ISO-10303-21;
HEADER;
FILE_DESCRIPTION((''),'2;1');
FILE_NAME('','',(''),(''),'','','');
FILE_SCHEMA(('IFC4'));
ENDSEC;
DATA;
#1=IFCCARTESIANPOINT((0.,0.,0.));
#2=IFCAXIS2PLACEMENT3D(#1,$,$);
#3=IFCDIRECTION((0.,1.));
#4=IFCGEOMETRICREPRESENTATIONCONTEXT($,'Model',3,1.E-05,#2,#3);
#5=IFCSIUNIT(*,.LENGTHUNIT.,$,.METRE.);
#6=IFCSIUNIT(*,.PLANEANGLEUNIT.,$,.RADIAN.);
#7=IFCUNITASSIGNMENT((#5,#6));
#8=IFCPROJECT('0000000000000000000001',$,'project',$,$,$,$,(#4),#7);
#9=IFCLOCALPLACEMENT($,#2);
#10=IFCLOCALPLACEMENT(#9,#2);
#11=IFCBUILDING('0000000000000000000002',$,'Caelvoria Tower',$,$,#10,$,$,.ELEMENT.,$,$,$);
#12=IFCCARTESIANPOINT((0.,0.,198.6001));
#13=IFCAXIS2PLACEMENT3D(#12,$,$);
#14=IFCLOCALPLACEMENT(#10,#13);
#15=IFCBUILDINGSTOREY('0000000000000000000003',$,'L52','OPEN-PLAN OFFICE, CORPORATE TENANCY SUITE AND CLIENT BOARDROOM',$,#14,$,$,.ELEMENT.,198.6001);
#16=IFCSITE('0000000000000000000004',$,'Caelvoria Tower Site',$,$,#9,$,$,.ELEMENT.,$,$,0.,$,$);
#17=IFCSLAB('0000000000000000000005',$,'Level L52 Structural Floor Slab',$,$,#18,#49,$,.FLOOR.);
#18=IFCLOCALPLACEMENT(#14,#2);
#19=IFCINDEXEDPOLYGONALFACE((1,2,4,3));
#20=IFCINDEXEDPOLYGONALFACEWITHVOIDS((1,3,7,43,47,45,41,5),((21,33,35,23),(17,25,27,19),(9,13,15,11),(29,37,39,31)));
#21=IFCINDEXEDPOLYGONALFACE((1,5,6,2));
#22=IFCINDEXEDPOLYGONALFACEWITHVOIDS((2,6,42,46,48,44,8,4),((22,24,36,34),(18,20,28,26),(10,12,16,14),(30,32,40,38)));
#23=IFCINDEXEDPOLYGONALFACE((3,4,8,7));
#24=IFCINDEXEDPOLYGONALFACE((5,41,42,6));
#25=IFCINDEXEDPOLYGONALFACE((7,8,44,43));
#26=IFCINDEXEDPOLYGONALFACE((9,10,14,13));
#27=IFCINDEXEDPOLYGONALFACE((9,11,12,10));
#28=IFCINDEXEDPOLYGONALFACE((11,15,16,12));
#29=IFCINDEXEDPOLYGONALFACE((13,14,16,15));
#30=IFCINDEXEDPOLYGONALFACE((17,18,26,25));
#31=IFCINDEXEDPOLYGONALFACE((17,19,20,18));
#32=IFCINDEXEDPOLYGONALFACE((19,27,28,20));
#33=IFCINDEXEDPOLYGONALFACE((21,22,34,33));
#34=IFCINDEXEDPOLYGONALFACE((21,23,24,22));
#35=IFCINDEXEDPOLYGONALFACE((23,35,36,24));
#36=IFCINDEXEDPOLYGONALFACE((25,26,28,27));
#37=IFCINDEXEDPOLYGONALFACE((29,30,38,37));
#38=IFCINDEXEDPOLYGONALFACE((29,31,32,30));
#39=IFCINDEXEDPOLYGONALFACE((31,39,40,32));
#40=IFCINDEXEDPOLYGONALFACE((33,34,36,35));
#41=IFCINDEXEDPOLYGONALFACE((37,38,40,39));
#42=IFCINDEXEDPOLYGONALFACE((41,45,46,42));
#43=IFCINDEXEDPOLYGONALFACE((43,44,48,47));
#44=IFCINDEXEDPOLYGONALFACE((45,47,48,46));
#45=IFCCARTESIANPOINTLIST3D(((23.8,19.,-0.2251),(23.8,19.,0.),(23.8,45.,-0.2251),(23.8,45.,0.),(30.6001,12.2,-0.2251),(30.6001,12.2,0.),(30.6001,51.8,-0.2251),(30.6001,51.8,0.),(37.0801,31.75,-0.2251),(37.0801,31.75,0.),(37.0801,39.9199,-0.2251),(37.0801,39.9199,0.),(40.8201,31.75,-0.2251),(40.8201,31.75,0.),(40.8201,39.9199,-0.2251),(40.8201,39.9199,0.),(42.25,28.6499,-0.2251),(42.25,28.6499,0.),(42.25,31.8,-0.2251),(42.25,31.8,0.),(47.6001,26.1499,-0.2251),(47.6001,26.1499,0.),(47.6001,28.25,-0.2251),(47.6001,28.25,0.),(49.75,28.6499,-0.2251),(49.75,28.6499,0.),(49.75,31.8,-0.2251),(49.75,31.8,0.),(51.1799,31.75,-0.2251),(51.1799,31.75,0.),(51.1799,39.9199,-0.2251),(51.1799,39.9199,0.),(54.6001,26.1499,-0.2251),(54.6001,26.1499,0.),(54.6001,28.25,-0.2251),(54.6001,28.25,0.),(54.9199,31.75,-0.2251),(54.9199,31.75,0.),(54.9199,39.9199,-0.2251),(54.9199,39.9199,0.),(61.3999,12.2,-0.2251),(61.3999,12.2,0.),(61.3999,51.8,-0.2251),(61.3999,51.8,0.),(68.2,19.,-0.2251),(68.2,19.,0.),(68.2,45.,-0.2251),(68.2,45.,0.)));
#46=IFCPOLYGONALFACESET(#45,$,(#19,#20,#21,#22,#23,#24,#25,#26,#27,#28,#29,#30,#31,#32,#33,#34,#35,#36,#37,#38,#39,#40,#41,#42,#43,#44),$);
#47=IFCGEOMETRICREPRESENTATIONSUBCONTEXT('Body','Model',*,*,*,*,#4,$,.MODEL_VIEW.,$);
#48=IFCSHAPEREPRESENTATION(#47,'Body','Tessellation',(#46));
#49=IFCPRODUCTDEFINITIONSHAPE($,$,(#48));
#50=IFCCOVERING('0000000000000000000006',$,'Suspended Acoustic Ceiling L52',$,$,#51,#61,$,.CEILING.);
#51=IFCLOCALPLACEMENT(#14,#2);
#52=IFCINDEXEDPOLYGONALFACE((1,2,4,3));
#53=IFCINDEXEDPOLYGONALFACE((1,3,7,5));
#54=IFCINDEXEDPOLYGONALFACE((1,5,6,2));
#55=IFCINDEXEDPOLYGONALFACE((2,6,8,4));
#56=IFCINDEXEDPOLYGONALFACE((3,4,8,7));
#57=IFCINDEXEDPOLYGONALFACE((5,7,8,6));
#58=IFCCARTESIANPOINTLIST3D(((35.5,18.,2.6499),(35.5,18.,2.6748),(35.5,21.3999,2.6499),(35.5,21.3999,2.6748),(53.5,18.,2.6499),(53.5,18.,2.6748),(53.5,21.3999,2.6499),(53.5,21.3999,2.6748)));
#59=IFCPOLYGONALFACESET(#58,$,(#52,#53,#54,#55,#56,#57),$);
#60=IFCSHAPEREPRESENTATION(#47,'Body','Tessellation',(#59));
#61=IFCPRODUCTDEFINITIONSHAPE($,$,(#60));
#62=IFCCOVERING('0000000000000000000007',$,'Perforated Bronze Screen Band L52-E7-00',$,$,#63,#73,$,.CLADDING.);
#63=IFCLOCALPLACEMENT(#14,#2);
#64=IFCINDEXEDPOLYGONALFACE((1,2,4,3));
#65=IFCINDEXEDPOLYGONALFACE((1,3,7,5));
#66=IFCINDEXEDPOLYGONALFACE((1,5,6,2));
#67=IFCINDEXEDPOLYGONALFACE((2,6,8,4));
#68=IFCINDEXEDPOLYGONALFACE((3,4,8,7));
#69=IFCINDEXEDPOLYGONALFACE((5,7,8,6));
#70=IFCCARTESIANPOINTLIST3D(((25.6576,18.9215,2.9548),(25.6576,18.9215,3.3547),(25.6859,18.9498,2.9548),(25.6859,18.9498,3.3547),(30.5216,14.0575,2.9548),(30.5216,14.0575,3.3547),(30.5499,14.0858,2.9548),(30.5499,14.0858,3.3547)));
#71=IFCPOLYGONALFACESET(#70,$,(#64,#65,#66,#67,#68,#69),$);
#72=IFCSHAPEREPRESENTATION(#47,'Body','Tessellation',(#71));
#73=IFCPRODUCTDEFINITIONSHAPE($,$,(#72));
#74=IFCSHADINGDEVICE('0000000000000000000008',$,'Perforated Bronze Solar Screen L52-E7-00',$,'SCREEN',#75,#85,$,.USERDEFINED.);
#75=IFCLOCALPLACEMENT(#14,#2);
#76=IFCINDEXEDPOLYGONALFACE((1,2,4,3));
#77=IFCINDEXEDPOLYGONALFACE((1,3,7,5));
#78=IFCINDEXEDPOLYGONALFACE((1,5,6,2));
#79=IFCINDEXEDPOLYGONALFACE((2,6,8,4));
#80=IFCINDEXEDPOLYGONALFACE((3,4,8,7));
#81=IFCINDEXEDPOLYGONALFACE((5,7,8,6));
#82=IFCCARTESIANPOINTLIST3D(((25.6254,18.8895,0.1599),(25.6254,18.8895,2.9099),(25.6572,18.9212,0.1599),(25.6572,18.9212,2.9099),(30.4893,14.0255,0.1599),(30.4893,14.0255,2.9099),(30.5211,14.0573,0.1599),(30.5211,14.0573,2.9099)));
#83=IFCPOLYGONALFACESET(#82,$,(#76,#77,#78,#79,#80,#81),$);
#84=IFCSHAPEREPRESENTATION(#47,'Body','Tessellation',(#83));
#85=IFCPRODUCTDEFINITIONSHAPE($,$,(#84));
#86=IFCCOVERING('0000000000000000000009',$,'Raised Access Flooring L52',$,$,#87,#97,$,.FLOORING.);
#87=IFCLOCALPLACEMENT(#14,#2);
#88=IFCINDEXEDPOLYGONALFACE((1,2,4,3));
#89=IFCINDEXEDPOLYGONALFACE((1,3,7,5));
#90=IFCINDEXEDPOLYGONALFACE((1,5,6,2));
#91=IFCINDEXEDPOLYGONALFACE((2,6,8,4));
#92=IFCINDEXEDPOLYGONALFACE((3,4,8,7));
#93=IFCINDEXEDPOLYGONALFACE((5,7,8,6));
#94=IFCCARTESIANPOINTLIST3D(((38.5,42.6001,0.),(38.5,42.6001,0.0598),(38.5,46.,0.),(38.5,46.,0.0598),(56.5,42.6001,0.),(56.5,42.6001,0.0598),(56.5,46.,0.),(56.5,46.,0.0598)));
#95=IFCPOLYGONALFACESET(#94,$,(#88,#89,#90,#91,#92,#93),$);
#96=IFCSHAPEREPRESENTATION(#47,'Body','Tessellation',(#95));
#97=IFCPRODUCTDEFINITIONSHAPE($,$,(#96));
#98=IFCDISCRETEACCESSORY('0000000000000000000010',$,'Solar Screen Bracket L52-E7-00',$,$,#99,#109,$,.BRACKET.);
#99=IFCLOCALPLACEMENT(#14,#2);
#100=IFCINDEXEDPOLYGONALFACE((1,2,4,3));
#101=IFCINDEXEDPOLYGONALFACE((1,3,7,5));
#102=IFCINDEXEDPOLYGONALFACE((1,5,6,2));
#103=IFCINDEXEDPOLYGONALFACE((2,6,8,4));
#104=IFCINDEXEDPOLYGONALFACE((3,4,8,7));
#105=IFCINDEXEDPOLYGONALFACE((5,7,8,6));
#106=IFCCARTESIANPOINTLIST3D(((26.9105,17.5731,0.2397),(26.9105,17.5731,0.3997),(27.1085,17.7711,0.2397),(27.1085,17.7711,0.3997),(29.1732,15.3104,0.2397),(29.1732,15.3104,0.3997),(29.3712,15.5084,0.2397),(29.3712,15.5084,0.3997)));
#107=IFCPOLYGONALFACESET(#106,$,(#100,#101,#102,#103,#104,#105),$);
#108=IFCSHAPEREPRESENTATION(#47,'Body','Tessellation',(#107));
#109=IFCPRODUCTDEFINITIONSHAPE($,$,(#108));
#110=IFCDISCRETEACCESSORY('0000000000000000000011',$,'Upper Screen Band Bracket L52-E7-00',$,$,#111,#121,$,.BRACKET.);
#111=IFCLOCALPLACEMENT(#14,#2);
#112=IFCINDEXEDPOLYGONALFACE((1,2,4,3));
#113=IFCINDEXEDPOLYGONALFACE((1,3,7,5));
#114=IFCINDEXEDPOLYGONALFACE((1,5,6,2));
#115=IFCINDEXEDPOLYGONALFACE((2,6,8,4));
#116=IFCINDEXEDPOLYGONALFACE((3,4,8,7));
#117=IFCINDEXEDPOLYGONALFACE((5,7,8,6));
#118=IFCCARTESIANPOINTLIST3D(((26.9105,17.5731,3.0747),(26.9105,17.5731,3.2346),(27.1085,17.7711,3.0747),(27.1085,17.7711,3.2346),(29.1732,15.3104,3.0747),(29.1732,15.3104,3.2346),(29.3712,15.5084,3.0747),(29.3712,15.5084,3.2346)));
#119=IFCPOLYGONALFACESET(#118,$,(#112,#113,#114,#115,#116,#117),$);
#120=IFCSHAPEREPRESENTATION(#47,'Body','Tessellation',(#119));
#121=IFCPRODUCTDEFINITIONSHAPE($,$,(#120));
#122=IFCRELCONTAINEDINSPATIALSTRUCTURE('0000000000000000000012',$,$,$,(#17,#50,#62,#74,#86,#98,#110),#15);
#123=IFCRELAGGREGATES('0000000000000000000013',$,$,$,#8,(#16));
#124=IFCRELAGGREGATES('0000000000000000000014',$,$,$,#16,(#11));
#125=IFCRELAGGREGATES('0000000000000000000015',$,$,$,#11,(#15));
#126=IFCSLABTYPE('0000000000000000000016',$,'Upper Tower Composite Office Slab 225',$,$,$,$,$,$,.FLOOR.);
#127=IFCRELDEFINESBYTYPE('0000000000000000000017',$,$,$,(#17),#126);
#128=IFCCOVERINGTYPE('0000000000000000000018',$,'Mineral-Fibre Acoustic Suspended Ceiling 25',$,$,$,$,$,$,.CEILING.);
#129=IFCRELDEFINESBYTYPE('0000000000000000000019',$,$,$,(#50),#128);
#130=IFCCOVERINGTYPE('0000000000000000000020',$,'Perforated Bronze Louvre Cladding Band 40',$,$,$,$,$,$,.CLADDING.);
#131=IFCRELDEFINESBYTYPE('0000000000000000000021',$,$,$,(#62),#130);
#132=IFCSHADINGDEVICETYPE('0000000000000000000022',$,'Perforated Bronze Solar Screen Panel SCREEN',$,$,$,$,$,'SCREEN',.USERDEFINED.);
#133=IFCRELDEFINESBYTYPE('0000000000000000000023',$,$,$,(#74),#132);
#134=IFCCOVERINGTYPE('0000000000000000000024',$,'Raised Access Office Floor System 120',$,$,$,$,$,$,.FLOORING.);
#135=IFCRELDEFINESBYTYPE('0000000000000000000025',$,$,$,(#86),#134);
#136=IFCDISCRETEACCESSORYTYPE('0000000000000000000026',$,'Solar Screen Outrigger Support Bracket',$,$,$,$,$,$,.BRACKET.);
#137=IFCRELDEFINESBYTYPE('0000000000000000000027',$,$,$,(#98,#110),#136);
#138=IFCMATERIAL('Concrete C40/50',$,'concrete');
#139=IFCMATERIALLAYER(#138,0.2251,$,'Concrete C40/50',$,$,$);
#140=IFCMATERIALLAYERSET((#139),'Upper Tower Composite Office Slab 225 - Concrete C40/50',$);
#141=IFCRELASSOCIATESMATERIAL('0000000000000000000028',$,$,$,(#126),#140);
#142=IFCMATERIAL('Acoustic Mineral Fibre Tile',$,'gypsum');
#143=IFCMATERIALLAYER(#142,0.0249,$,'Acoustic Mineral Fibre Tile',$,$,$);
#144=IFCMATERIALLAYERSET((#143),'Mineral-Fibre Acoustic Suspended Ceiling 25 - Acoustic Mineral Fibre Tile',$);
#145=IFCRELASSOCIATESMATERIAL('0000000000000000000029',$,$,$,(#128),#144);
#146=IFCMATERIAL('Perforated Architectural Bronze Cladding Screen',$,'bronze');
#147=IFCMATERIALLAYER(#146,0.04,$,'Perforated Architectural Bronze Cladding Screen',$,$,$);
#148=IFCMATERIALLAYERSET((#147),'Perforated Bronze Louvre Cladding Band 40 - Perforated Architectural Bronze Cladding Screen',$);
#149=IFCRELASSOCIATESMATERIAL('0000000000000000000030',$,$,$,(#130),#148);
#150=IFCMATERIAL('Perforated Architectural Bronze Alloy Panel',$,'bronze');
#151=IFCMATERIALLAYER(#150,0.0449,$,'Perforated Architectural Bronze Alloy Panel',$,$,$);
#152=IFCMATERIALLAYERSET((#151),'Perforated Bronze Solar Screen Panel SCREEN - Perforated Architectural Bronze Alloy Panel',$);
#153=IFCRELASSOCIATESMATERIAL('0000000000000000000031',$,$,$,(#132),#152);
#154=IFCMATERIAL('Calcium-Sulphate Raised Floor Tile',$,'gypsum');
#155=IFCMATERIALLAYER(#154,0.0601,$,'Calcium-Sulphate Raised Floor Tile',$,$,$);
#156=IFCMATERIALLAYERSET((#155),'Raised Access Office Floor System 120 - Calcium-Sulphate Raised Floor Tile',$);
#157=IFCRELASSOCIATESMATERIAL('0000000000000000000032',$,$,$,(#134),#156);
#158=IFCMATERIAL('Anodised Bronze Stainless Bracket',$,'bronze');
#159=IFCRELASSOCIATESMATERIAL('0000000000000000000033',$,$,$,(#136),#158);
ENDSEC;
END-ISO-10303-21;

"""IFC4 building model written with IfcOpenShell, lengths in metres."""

from ifc_helpers import new_model, si_unit, direction, frame, origin, origin_2d, place, context, subcontext, project, spatial, polyline, rectangle, outline, extrude, material, layer, layer_set, type_object, element, save


model = new_model("IFC4")

# Units and contexts
model_context = context("Model", 3, precision=1e-05, world=origin(), true_north=direction((0.0, 1.0)))
body_context = subcontext(model_context, "Body", "Model", "MODEL_VIEW")
ifc_project = project(units=[si_unit("LENGTHUNIT", "METRE"), si_unit("PLANEANGLEUNIT", "RADIAN")], contexts=[model_context])

# Site, building, storey
site_placement = place(None, origin())
site = spatial("IfcSite", under=ifc_project, at=site_placement, Name="Caelvoria Tower Site", CompositionType="ELEMENT", RefElevation=0.0)
building_placement = place(site_placement, origin())
building = spatial("IfcBuilding", under=site, at=building_placement, Name="Caelvoria Tower", CompositionType="ELEMENT")
storey_placement = place(building_placement, frame((0.0, 0.0, 198.6001)))
storey = spatial("IfcBuildingStorey", under=building, at=storey_placement, Name="L52", Description="OPEN-PLAN OFFICE, CORPORATE TENANCY SUITE AND CLIENT BOARDROOM", CompositionType="ELEMENT", Elevation=198.6001)

# Shared definitions
ifc_material_1 = material(Name="Concrete C40/50", Category="concrete")

# Slab
ifc_layer_1 = layer(ifc_material_1, 0.2251, Name="Concrete C40/50")
ifc_layer_set_1 = layer_set([ifc_layer_1], Name="Upper Tower Composite Office Slab 225 - Concrete C40/50")
slab_type_1 = type_object("IfcSlabType", Name="Upper Tower Composite Office Slab 225", PredefinedType="FLOOR", material=ifc_layer_set_1)
slab_1_placement = place(storey_placement, frame((0.0, 0.0, -0.2251)))
element("IfcSlab", 1, at=slab_1_placement, inside=storey, type_object=slab_type_1, Name="Level L52 Structural Floor Slab", PredefinedType="FLOOR", context=body_context, shape_type="SweptSolid", body=[
    extrude(outline(polyline([(30.6001, 12.2), (61.3999, 12.2), (68.2, 19.0), (68.2, 45.0), (61.3999, 51.8), (30.6001, 51.8), (23.8, 45.0), (23.8, 19.0), (30.6001, 12.2)]), holes=[polyline([(37.0801, 31.75), (40.8201, 31.75), (40.8201, 39.9199), (37.0801, 39.9199), (37.0801, 31.75)]), polyline([(51.1799, 31.75), (54.9199, 31.75), (54.9199, 39.9199), (51.1799, 39.9199), (51.1799, 31.75)]), polyline([(42.25, 28.6499), (49.75, 28.6499), (49.75, 31.8), (42.25, 31.8), (42.25, 28.6499)]), polyline([(47.6001, 26.1499), (54.6001, 26.1499), (54.6001, 28.25), (47.6001, 28.25), (47.6001, 26.1499)])]), origin(), (0.0, 0.0, 1.0), 0.2251),
])

# Coverings
ifc_material_2 = material(Name="Acoustic Mineral Fibre Tile", Category="gypsum")
ifc_layer_2 = layer(ifc_material_2, 0.0249, Name="Acoustic Mineral Fibre Tile")
ifc_layer_set_2 = layer_set([ifc_layer_2], Name="Mineral-Fibre Acoustic Suspended Ceiling 25 - Acoustic Mineral Fibre Tile")
covering_type_1 = type_object("IfcCoveringType", Name="Mineral-Fibre Acoustic Suspended Ceiling 25", PredefinedType="CEILING", material=ifc_layer_set_2)
covering_1_placement = place(storey_placement, frame((0.0, 0.0, 2.6499)))
element("IfcCovering", 2, at=covering_1_placement, inside=storey, type_object=covering_type_1, Name="Suspended Acoustic Ceiling L52", PredefinedType="CEILING", context=body_context, shape_type="SweptSolid", body=[
    extrude(outline(polyline([(35.5, 18.0), (53.5, 18.0), (53.5, 21.3999), (35.5, 21.3999), (35.5, 18.0)])), origin(), (0.0, 0.0, 1.0), 0.0249),
])
ifc_material_3 = material(Name="Perforated Architectural Bronze Cladding Screen", Category="bronze")
ifc_layer_3 = layer(ifc_material_3, 0.04, Name="Perforated Architectural Bronze Cladding Screen")
ifc_layer_set_3 = layer_set([ifc_layer_3], Name="Perforated Bronze Louvre Cladding Band 40 - Perforated Architectural Bronze Cladding Screen")
covering_type_2 = type_object("IfcCoveringType", Name="Perforated Bronze Louvre Cladding Band 40", PredefinedType="CLADDING", material=ifc_layer_set_3)
covering_2_placement = place(storey_placement, frame((28.1038, 16.5037, 2.9548), z_axis=(0.0, 0.0, 1.0), x_axis=(0.707107, -0.707107, 0.0)))
element("IfcCovering", 3, at=covering_2_placement, inside=storey, type_object=covering_type_2, Name="Perforated Bronze Screen Band L52-E7-00", PredefinedType="CLADDING", context=body_context, shape_type="SweptSolid", body=[
    extrude(rectangle(XDim=6.8787, YDim=0.04, at=origin_2d()), origin(), (0.0, 0.0, 1.0), 0.3999),
])

# Shading device
ifc_material_4 = material(Name="Perforated Architectural Bronze Alloy Panel", Category="bronze")
ifc_layer_4 = layer(ifc_material_4, 0.0449, Name="Perforated Architectural Bronze Alloy Panel")
ifc_layer_set_4 = layer_set([ifc_layer_4], Name="Perforated Bronze Solar Screen Panel SCREEN - Perforated Architectural Bronze Alloy Panel")
shading_device_type = type_object("IfcShadingDeviceType", Name="Perforated Bronze Solar Screen Panel SCREEN", ElementType="SCREEN", PredefinedType="USERDEFINED", material=ifc_layer_set_4)
shading_device_placement = place(storey_placement, frame((28.0732, 16.4734, 0.1599), z_axis=(0.0, 0.0, 1.0), x_axis=(0.707107, -0.707107, 0.0)))
element("IfcShadingDevice", 4, at=shading_device_placement, inside=storey, type_object=shading_device_type, Name="Perforated Bronze Solar Screen L52-E7-00", ObjectType="SCREEN", PredefinedType="USERDEFINED", context=body_context, shape_type="SweptSolid", body=[
    extrude(rectangle(XDim=6.8787, YDim=0.0449, at=origin_2d()), origin(), (0.0, 0.0, 1.0), 2.75),
])

# Covering
ifc_material_5 = material(Name="Calcium-Sulphate Raised Floor Tile", Category="gypsum")
ifc_layer_5 = layer(ifc_material_5, 0.0601, Name="Calcium-Sulphate Raised Floor Tile")
ifc_layer_set_5 = layer_set([ifc_layer_5], Name="Raised Access Office Floor System 120 - Calcium-Sulphate Raised Floor Tile")
covering_type_3 = type_object("IfcCoveringType", Name="Raised Access Office Floor System 120", PredefinedType="FLOORING", material=ifc_layer_set_5)
covering_3_placement = place(storey_placement, origin())
element("IfcCovering", 5, at=covering_3_placement, inside=storey, type_object=covering_type_3, Name="Raised Access Flooring L52", PredefinedType="FLOORING", context=body_context, shape_type="SweptSolid", body=[
    extrude(outline(polyline([(38.5, 42.6001), (56.5, 42.6001), (56.5, 46.0), (38.5, 46.0), (38.5, 42.6001)])), origin(), (0.0, 0.0, 1.0), 0.0598),
])

# Discrete accessories
ifc_material_6 = material(Name="Anodised Bronze Stainless Bracket", Category="bronze")
discrete_accessory_type = type_object("IfcDiscreteAccessoryType", Name="Solar Screen Outrigger Support Bracket", PredefinedType="BRACKET", material=ifc_material_6)
for number, where, z_axis, x_axis, name in (
    (6, (28.1409, 16.5408, 0.2397), (0.0, 0.0, 1.0), (0.707107, -0.707107, 0.0), "Solar Screen Bracket L52-E7-00"),
    (7, (28.1409, 16.5408, 3.0747), (0.0, 0.0, 1.0), (0.707107, -0.707107, 0.0), "Upper Screen Band Bracket L52-E7-00"),
):
    element("IfcDiscreteAccessory", number, at=place(storey_placement, frame(where, z_axis=z_axis, x_axis=x_axis)), inside=storey, type_object=discrete_accessory_type, Name=name, PredefinedType="BRACKET", context=body_context, shape_type="SweptSolid", body=[
        extrude(rectangle(XDim=3.2, YDim=0.28, at=origin_2d()), origin(), (0.0, 0.0, 1.0), 0.1599),
    ])

save(model, "model.ifc")
